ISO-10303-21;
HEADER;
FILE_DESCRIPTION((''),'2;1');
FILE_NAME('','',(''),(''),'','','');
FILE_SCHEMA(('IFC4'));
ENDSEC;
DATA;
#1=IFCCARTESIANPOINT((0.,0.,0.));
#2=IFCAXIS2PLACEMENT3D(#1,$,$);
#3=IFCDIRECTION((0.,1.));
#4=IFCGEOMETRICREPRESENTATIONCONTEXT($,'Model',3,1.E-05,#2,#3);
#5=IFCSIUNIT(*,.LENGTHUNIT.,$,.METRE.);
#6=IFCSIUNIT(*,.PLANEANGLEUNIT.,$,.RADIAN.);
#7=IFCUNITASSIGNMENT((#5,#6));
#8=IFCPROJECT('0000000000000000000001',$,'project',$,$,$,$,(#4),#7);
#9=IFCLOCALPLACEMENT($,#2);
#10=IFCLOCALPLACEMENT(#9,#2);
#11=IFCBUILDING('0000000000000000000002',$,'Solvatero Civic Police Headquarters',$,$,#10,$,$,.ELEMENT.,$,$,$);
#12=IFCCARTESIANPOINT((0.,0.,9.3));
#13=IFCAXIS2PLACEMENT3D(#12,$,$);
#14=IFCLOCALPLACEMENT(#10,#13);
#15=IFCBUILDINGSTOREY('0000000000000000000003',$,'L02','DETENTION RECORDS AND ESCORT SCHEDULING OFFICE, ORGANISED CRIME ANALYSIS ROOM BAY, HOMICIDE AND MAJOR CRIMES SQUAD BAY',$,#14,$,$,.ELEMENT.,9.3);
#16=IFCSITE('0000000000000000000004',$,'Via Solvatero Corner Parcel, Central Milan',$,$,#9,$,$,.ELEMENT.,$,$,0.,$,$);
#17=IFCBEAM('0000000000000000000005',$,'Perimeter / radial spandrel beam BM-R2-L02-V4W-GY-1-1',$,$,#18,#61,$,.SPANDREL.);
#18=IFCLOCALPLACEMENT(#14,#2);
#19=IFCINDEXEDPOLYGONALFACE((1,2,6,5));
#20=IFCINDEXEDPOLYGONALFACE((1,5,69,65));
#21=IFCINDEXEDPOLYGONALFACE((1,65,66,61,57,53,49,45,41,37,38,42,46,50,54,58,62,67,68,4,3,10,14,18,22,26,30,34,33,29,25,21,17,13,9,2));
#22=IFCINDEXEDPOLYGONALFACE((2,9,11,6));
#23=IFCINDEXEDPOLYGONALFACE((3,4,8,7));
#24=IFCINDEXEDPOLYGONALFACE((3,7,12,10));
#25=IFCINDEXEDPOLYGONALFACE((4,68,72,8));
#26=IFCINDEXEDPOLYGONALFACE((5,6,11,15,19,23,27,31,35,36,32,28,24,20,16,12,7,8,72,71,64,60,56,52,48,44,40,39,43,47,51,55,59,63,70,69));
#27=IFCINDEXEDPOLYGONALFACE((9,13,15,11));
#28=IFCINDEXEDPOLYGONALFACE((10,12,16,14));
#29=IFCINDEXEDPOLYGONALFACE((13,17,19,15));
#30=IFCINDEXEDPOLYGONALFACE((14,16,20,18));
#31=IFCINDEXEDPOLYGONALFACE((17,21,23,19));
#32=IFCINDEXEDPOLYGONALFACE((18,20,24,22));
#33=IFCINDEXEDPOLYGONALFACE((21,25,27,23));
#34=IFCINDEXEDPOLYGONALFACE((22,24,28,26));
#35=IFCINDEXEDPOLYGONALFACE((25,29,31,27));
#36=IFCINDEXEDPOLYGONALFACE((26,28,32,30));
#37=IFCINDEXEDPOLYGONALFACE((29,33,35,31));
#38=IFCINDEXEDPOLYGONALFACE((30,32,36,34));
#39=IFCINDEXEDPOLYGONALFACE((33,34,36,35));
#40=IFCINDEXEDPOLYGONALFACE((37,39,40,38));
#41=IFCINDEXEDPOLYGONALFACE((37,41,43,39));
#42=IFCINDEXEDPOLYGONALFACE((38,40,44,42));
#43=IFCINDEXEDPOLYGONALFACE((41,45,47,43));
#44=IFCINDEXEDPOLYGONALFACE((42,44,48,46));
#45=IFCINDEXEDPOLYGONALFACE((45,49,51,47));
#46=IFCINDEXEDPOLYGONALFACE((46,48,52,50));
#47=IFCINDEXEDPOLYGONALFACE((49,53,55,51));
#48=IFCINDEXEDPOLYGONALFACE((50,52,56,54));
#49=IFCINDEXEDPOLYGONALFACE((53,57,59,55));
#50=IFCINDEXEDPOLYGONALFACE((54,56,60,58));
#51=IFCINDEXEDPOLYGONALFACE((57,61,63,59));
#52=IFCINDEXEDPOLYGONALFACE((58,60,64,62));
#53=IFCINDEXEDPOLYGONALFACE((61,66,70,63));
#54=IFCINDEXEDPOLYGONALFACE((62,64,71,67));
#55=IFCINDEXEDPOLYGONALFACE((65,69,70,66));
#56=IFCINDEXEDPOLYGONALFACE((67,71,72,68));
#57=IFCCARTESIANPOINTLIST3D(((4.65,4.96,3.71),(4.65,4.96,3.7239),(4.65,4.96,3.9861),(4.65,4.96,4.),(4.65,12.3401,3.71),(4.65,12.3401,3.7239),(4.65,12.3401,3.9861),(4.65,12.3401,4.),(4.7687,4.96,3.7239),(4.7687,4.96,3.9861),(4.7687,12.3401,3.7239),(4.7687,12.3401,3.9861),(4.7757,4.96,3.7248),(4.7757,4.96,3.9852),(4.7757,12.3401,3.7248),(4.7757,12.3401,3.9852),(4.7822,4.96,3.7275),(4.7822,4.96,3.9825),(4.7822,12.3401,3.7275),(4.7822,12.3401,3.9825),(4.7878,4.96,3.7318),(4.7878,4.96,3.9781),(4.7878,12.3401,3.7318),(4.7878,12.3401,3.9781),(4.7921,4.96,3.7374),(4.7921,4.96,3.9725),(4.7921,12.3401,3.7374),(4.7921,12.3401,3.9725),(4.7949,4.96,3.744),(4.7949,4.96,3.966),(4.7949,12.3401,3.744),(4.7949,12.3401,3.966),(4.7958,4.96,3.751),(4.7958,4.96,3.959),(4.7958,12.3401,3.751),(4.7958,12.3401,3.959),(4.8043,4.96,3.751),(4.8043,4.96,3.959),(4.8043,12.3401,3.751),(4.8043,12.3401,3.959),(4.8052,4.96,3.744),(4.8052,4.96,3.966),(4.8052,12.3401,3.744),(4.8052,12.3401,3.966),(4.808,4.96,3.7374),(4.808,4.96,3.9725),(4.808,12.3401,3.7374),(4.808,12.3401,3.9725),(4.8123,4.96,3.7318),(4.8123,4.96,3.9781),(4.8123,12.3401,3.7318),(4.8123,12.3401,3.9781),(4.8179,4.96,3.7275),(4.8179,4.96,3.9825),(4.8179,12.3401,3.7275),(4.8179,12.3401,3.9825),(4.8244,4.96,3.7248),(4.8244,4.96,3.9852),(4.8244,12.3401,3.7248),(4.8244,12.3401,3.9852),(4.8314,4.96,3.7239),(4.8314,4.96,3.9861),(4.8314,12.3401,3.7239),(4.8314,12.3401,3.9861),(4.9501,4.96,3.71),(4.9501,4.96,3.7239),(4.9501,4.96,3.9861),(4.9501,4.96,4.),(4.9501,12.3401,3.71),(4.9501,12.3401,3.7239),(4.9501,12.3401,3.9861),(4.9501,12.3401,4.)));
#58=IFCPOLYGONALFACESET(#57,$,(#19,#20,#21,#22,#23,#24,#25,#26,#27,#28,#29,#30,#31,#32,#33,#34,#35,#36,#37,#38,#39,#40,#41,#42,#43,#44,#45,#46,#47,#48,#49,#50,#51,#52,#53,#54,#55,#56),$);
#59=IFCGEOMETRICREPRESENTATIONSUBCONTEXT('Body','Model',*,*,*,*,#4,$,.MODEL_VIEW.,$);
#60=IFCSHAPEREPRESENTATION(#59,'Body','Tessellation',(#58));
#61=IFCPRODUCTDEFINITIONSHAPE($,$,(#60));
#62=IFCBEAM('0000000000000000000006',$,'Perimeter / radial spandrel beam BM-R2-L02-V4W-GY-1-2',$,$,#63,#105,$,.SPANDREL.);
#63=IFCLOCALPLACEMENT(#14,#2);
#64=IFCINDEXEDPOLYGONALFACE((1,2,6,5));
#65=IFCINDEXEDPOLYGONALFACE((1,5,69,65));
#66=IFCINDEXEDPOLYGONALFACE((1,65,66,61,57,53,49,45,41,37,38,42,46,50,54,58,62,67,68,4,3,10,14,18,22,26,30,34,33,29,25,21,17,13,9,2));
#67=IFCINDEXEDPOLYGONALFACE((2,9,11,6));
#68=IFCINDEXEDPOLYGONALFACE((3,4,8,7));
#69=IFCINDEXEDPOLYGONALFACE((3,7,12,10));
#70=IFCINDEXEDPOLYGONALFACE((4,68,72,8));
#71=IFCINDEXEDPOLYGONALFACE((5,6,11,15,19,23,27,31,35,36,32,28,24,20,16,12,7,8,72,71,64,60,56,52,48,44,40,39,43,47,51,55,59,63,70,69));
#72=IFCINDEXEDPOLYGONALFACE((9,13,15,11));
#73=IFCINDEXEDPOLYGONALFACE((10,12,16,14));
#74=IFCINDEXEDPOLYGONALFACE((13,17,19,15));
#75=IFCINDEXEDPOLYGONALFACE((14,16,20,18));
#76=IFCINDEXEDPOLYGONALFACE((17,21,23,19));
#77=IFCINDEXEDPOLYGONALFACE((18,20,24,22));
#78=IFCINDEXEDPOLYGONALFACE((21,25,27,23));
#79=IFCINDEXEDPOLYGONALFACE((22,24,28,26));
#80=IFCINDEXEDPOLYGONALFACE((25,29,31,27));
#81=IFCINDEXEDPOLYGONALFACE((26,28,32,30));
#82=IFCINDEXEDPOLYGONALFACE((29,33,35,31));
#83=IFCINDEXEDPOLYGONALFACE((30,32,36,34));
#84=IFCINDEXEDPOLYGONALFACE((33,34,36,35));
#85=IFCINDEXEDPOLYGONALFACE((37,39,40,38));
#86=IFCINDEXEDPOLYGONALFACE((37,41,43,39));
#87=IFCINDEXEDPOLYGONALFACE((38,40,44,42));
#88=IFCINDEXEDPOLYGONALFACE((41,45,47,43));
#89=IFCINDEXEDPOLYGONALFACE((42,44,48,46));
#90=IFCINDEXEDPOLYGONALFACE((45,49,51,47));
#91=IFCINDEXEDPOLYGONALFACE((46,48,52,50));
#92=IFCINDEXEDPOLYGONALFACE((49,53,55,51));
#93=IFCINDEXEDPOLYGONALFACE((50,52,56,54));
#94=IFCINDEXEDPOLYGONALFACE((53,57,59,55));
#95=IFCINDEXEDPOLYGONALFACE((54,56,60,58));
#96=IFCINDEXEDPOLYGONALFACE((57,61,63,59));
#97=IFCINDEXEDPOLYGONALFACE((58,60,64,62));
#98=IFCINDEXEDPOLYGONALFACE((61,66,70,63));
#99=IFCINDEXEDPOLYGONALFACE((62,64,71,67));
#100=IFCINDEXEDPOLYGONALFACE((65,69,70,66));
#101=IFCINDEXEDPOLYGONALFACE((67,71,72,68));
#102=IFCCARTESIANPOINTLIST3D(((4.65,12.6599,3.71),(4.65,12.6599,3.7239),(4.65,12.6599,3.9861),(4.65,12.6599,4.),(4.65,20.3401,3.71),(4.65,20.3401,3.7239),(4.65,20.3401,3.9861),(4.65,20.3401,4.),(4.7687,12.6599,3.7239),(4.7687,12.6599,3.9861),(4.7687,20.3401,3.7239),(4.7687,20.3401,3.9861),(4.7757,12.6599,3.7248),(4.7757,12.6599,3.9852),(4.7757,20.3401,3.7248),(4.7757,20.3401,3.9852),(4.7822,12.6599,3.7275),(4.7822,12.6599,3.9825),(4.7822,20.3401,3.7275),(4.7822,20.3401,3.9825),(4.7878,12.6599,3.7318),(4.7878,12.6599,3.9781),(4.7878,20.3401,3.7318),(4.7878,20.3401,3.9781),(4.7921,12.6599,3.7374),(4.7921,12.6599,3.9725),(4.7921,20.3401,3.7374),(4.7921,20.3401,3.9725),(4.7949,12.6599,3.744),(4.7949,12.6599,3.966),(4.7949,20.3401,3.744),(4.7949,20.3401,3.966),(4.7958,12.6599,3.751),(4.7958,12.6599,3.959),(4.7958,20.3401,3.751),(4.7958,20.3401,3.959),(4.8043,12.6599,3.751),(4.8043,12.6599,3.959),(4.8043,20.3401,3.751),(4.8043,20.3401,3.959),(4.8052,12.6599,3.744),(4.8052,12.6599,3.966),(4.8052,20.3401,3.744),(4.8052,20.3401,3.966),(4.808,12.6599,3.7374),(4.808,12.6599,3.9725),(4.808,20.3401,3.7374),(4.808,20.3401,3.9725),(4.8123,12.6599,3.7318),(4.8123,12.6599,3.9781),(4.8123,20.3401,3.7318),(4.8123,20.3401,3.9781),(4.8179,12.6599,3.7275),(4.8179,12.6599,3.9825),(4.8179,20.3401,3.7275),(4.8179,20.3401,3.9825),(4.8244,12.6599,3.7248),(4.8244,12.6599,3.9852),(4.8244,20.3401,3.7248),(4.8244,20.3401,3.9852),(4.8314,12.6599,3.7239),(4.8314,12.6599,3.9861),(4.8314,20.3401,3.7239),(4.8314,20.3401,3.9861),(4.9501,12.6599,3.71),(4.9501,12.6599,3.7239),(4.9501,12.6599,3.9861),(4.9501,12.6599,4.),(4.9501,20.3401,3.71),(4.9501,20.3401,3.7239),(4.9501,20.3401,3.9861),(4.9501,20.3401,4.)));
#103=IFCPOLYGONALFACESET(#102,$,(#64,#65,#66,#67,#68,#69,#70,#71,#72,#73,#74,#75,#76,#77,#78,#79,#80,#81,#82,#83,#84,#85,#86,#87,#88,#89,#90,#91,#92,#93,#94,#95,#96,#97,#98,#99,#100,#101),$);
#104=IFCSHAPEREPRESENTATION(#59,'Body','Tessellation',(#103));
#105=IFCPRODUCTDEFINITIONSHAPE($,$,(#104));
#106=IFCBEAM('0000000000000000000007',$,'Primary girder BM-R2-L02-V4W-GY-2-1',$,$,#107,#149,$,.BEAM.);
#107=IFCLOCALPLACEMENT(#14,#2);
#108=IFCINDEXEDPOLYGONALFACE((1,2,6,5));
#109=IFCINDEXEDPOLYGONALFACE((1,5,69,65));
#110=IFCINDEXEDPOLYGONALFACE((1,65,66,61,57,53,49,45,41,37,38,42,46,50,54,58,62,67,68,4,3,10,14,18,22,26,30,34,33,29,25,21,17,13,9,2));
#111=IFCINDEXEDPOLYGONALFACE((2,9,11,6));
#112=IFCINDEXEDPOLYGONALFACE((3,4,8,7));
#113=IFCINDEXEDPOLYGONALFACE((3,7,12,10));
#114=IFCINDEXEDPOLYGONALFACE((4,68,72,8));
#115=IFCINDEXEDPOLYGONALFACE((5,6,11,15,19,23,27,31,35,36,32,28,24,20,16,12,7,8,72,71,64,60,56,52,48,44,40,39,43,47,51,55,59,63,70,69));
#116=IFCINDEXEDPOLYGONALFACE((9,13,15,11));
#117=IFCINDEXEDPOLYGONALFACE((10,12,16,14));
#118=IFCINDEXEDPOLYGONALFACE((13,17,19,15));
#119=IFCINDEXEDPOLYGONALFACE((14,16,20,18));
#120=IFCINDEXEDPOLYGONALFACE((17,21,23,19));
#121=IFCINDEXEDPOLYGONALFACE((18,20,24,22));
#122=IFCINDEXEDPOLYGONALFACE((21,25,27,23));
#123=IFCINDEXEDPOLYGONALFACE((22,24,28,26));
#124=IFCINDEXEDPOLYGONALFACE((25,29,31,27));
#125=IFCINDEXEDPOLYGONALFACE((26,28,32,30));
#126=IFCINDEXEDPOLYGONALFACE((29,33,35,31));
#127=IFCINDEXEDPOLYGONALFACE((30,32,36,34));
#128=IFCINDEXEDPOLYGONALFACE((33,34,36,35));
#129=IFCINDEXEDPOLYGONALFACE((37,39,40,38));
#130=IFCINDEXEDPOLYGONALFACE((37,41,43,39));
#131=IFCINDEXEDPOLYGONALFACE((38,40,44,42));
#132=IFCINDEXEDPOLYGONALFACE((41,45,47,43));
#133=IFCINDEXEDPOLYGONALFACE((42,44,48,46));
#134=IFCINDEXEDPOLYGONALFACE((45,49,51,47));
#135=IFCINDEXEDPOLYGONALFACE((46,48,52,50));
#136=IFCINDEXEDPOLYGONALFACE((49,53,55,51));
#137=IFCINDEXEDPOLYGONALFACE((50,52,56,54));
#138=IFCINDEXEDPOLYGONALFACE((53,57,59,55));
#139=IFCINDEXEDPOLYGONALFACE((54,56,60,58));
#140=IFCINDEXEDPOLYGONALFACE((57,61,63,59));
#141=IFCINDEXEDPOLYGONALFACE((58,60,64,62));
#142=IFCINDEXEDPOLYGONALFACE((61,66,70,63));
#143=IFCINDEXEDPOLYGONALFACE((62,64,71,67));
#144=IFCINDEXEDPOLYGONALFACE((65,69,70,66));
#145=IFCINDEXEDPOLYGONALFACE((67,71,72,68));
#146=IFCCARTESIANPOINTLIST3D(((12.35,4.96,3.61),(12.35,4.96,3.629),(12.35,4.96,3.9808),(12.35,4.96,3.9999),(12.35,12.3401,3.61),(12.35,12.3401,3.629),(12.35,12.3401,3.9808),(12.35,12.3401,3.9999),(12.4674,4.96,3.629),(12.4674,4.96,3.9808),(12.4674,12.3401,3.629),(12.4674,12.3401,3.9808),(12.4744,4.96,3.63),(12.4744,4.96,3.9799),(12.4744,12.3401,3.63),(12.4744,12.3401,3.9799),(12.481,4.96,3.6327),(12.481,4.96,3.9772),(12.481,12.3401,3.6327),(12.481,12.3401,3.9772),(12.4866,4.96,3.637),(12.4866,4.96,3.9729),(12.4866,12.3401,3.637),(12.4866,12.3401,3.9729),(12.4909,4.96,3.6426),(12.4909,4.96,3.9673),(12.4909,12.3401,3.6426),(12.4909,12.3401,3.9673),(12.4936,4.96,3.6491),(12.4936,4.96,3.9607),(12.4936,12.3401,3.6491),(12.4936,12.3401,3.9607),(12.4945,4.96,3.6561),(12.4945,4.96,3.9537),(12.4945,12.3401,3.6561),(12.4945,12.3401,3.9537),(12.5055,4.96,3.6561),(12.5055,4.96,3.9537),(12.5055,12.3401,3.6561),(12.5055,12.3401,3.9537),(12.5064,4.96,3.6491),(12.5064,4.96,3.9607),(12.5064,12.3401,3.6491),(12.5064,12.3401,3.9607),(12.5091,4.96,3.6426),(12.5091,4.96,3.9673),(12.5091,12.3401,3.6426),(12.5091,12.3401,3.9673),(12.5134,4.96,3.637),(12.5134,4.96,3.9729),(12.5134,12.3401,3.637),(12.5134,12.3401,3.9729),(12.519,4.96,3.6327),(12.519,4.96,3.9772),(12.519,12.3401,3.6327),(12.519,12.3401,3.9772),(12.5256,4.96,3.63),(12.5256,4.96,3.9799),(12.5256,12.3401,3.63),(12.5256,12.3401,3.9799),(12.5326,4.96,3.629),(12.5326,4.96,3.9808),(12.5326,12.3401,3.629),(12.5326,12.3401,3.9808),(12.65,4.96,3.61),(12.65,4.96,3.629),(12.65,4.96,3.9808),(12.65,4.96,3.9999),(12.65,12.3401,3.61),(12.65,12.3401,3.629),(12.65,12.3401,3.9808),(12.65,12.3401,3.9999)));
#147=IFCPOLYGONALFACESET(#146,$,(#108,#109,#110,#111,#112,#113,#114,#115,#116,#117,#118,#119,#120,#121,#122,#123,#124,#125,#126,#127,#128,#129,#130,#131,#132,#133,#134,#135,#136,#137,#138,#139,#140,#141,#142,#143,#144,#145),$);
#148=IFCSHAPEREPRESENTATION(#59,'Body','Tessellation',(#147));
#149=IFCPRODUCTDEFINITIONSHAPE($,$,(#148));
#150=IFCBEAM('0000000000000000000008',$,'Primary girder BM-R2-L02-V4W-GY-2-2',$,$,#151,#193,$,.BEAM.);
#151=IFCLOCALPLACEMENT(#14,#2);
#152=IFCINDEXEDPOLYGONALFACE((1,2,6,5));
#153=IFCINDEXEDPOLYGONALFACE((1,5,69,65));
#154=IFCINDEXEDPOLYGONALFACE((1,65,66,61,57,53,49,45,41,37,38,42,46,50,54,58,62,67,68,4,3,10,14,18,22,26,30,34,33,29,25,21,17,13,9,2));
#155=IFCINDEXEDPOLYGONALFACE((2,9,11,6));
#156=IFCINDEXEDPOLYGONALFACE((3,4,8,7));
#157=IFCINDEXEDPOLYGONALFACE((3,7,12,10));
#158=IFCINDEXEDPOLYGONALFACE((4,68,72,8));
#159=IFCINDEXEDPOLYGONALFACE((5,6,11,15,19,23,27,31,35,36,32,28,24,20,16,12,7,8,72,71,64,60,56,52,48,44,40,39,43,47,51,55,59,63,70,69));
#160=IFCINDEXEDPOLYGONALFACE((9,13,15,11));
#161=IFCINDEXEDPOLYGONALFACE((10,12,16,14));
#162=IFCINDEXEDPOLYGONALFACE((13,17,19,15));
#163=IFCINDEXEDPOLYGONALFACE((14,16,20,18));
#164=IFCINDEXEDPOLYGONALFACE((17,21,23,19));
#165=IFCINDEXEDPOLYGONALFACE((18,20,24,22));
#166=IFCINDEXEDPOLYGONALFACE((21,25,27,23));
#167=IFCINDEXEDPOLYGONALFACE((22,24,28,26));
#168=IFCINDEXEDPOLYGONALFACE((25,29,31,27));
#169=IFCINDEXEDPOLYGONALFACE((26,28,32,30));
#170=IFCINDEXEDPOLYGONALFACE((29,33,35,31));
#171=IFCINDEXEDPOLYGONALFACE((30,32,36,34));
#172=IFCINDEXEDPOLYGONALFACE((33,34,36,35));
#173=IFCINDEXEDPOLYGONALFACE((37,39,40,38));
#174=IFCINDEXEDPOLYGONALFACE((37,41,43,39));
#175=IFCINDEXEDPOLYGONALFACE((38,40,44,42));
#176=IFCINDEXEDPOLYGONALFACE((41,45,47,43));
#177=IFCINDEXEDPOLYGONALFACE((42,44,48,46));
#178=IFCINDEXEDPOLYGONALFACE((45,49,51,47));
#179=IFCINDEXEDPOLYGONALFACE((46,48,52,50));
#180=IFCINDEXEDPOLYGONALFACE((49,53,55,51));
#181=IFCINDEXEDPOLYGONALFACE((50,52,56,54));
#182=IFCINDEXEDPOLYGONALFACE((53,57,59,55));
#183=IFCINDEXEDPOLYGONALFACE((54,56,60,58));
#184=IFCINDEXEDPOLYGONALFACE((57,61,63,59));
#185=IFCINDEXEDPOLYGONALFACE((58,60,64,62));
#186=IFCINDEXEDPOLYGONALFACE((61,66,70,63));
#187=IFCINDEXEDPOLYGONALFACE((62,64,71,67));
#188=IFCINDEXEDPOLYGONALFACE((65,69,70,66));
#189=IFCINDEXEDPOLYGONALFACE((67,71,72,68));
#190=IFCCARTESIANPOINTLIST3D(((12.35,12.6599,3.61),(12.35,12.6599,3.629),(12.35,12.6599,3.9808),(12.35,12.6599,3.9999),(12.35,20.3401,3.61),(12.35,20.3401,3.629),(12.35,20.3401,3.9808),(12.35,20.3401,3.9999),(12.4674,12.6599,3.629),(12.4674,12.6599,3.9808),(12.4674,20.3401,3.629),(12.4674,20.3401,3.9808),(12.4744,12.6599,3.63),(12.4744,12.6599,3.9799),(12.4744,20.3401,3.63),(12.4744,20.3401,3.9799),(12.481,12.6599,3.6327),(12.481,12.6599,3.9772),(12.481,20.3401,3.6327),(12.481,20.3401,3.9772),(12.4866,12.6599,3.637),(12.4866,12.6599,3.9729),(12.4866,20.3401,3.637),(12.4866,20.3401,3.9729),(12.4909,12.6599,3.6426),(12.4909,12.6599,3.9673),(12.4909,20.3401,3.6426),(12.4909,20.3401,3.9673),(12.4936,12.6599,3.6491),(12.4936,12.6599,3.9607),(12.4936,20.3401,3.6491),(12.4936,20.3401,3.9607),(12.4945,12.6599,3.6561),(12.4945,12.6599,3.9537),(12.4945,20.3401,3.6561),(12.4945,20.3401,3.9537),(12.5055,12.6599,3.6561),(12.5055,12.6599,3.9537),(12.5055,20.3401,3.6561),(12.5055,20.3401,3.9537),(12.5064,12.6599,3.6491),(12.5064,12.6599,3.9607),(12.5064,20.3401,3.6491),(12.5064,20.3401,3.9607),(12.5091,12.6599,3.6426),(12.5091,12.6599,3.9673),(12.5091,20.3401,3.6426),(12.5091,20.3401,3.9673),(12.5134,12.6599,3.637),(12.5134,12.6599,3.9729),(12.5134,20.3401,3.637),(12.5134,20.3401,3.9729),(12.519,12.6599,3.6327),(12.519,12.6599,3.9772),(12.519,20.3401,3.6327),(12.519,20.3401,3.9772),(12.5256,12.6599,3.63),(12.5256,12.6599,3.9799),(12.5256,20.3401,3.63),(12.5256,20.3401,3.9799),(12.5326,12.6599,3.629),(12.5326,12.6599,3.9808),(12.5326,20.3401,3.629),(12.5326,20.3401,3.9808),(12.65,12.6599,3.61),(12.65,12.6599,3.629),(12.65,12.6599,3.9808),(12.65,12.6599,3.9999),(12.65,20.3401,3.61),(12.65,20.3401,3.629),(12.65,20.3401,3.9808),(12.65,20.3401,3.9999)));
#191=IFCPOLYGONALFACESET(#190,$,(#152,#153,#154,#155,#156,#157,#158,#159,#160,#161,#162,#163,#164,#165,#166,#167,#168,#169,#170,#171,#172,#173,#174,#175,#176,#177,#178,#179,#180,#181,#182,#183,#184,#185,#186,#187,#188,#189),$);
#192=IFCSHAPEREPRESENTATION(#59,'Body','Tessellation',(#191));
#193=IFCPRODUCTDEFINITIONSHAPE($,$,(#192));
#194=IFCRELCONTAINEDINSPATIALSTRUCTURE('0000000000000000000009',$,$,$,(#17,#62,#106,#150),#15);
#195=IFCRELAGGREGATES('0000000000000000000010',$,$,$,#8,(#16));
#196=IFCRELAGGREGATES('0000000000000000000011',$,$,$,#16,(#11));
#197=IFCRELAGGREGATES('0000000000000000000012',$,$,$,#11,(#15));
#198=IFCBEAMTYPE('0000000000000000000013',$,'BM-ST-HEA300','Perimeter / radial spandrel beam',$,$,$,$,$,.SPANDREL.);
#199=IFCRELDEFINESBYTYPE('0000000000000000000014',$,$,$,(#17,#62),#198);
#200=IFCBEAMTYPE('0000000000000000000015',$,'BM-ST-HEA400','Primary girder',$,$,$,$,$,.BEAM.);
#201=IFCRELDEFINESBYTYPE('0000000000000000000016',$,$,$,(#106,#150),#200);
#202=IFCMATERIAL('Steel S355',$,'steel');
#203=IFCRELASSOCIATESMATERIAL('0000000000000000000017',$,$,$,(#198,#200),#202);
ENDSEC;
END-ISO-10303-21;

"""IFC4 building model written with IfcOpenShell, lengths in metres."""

from ifc_helpers import new_model, si_unit, direction, frame, origin, origin_2d, place, context, subcontext, project, spatial, i_section, extrude, material, material_profile, profile_set, type_object, element, save


model = new_model("IFC4")

# Units and contexts
model_context = context("Model", 3, precision=1e-05, world=origin(), true_north=direction((0.0, 1.0)))
body_context = subcontext(model_context, "Body", "Model", "MODEL_VIEW")
ifc_project = project(units=[si_unit("LENGTHUNIT", "METRE"), si_unit("PLANEANGLEUNIT", "RADIAN")], contexts=[model_context])

# Site, building, storey
site_placement = place(None, origin())
site = spatial("IfcSite", under=ifc_project, at=site_placement, Name="Via Solvatero Corner Parcel, Central Milan", CompositionType="ELEMENT", RefElevation=0.0)
building_placement = place(site_placement, origin())
building = spatial("IfcBuilding", under=site, at=building_placement, Name="Solvatero Civic Police Headquarters", CompositionType="ELEMENT")
storey_placement = place(building_placement, frame((0.0, 0.0, 9.3)))
storey = spatial("IfcBuildingStorey", under=building, at=storey_placement, Name="L02", Description="DETENTION RECORDS AND ESCORT SCHEDULING OFFICE, ORGANISED CRIME ANALYSIS ROOM BAY, HOMICIDE AND MAJOR CRIMES SQUAD BAY", CompositionType="ELEMENT", Elevation=9.3)

# Shared definitions
ifc_material_1 = material(Name="Steel S355", Category="steel")

# Beams
ifc_material_profile_1 = material_profile(ifc_material_1, i_section(OverallWidth=0.3, OverallDepth=0.29, WebThickness=0.0085, FlangeThickness=0.0139, FilletRadius=0.0271, at=origin_2d()), Name="HEA 300")
ifc_profile_set_1 = profile_set([ifc_material_profile_1], Name="Steel S355")
beam_type_1 = type_object("IfcBeamType", Name="BM-ST-HEA300", Description="Perimeter / radial spandrel beam", PredefinedType="SPANDREL", material=ifc_profile_set_1)
beam_1_placement = place(storey_placement, frame((4.8, 4.96, 3.855), z_axis=(0.0, 1.0, 0.0), x_axis=(-1.0, 0.0, 0.0)))
element("IfcBeam", 1, at=beam_1_placement, inside=storey, type_object=beam_type_1, Name="Perimeter / radial spandrel beam BM-R2-L02-V4W-GY-1-1", PredefinedType="SPANDREL", context=body_context, shape_type="SweptSolid", body=[
    extrude(i_section(OverallWidth=0.3, OverallDepth=0.29, WebThickness=0.0085, FlangeThickness=0.0139, FilletRadius=0.0271, at=origin_2d()), origin(), (0.0, 0.0, 1.0), 7.3801),
])
beam_2_placement = place(storey_placement, frame((4.8, 12.6599, 3.855), z_axis=(0.0, 1.0, 0.0), x_axis=(-1.0, 0.0, 0.0)))
element("IfcBeam", 2, at=beam_2_placement, inside=storey, type_object=beam_type_1, Name="Perimeter / radial spandrel beam BM-R2-L02-V4W-GY-1-2", PredefinedType="SPANDREL", context=body_context, shape_type="SweptSolid", body=[
    extrude(i_section(OverallWidth=0.3, OverallDepth=0.29, WebThickness=0.0085, FlangeThickness=0.0139, FilletRadius=0.0271, at=origin_2d()), origin(), (0.0, 0.0, 1.0), 7.6802),
])
ifc_material_profile_2 = material_profile(ifc_material_1, i_section(OverallWidth=0.3, OverallDepth=0.3899, WebThickness=0.011, FlangeThickness=0.019, FilletRadius=0.0271, at=origin_2d()), Name="HEA 400")
ifc_profile_set_2 = profile_set([ifc_material_profile_2], Name="Steel S355")
beam_type_2 = type_object("IfcBeamType", Name="BM-ST-HEA400", Description="Primary girder", PredefinedType="BEAM", material=ifc_profile_set_2)
beam_3_placement = place(storey_placement, frame((12.5, 4.96, 3.8049), z_axis=(0.0, 1.0, 0.0), x_axis=(-1.0, 0.0, 0.0)))
element("IfcBeam", 3, at=beam_3_placement, inside=storey, type_object=beam_type_2, Name="Primary girder BM-R2-L02-V4W-GY-2-1", PredefinedType="BEAM", context=body_context, shape_type="SweptSolid", body=[
    extrude(i_section(OverallWidth=0.3, OverallDepth=0.3899, WebThickness=0.011, FlangeThickness=0.019, FilletRadius=0.0271, at=origin_2d()), origin(), (0.0, 0.0, 1.0), 7.3801),
])
beam_4_placement = place(storey_placement, frame((12.5, 12.6599, 3.8049), z_axis=(0.0, 1.0, 0.0), x_axis=(-1.0, 0.0, 0.0)))
element("IfcBeam", 4, at=beam_4_placement, inside=storey, type_object=beam_type_2, Name="Primary girder BM-R2-L02-V4W-GY-2-2", PredefinedType="BEAM", context=body_context, shape_type="SweptSolid", body=[
    extrude(i_section(OverallWidth=0.3, OverallDepth=0.3899, WebThickness=0.011, FlangeThickness=0.019, FilletRadius=0.0271, at=origin_2d()), origin(), (0.0, 0.0, 1.0), 7.6802),
])

save(model, "model.ifc")
